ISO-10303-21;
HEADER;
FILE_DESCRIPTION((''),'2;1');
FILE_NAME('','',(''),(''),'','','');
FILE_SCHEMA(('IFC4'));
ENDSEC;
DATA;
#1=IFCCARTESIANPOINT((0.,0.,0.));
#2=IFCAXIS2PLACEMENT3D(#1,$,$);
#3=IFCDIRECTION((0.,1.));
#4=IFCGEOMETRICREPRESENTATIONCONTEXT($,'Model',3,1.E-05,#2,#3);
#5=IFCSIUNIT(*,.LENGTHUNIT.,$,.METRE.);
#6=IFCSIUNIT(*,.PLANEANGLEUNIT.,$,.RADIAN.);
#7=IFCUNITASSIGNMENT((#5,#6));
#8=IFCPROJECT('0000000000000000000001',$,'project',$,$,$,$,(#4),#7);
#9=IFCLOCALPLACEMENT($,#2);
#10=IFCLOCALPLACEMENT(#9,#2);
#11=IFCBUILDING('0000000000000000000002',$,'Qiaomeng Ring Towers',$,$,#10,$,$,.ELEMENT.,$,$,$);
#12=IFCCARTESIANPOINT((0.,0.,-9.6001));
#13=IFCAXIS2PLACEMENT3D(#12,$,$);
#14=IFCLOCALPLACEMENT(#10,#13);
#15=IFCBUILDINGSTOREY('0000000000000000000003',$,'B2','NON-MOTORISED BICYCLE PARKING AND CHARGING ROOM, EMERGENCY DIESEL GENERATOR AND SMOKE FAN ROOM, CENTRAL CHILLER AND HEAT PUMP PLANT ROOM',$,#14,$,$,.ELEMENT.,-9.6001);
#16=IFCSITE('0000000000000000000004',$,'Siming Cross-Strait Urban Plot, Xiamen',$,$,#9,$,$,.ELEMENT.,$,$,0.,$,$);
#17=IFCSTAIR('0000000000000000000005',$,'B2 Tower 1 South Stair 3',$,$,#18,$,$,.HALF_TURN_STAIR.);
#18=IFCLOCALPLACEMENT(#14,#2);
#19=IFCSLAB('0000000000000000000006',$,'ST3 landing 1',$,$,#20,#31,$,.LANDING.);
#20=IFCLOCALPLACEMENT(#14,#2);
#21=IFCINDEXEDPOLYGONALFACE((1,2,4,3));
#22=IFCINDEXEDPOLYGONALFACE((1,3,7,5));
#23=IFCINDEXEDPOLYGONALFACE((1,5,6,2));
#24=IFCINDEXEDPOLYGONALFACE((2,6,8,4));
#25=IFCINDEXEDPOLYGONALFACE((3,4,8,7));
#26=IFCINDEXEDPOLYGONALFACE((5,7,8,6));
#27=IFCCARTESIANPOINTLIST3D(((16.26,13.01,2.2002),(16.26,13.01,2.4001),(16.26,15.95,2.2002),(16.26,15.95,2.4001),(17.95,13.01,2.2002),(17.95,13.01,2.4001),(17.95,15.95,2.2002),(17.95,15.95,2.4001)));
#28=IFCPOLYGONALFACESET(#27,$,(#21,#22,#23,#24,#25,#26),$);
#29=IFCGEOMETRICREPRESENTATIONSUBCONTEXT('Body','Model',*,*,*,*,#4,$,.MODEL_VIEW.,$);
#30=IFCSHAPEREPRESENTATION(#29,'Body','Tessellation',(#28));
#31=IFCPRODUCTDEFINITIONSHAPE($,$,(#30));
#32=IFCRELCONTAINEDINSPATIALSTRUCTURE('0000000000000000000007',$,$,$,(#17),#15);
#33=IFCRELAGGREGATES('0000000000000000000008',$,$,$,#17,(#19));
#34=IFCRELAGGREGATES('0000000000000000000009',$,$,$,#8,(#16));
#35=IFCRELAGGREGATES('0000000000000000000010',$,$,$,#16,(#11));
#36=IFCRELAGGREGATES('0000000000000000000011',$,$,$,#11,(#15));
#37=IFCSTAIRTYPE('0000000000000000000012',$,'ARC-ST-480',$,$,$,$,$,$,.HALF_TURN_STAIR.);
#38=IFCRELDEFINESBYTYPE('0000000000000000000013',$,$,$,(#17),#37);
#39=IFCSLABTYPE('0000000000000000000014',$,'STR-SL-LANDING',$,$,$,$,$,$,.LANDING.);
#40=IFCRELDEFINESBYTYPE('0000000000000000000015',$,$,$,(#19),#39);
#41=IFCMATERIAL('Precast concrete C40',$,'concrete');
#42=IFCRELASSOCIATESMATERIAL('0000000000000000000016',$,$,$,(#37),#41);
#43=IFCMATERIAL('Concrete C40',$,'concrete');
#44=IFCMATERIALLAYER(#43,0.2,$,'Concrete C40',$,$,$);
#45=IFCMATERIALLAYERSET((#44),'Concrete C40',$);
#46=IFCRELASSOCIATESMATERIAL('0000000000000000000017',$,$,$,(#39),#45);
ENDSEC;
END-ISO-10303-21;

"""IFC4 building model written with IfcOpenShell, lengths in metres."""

from ifc_helpers import new_model, si_unit, direction, frame, origin, place, context, subcontext, project, spatial, polyline, outline, extrude, material, layer, layer_set, type_object, element, aggregate, save


model = new_model("IFC4")

# Units and contexts
model_context = context("Model", 3, precision=1e-05, world=origin(), true_north=direction((0.0, 1.0)))
body_context = subcontext(model_context, "Body", "Model", "MODEL_VIEW")
ifc_project = project(units=[si_unit("LENGTHUNIT", "METRE"), si_unit("PLANEANGLEUNIT", "RADIAN")], contexts=[model_context])

# Site, building, storey
site_placement = place(None, origin())
site = spatial("IfcSite", under=ifc_project, at=site_placement, Name="Siming Cross-Strait Urban Plot, Xiamen", CompositionType="ELEMENT", RefElevation=0.0)
building_placement = place(site_placement, origin())
building = spatial("IfcBuilding", under=site, at=building_placement, Name="Qiaomeng Ring Towers", CompositionType="ELEMENT")
storey_placement = place(building_placement, frame((0.0, 0.0, -9.6001)))
storey = spatial("IfcBuildingStorey", under=building, at=storey_placement, Name="B2", Description="NON-MOTORISED BICYCLE PARKING AND CHARGING ROOM, EMERGENCY DIESEL GENERATOR AND SMOKE FAN ROOM, CENTRAL CHILLER AND HEAT PUMP PLANT ROOM", CompositionType="ELEMENT", Elevation=-9.6001)

# Shared definitions
ifc_material_1 = material(Name="Concrete C40", Category="concrete")

# Stair, slab
ifc_material_2 = material(Name="Precast concrete C40", Category="concrete")
stair_type = type_object("IfcStairType", Name="ARC-ST-480", PredefinedType="HALF_TURN_STAIR", material=ifc_material_2)
ifc_layer_1 = layer(ifc_material_1, 0.2, Name="Concrete C40")
ifc_layer_set_1 = layer_set([ifc_layer_1], Name="Concrete C40")
slab_type_1 = type_object("IfcSlabType", Name="STR-SL-LANDING", PredefinedType="LANDING", material=ifc_layer_set_1)
stair_1_placement = place(storey_placement, origin())
stair_1 = element("IfcStair", 1, at=stair_1_placement, inside=storey, type_object=stair_type, Name="B2 Tower 1 South Stair 3", PredefinedType="HALF_TURN_STAIR")
slab_1_placement = place(storey_placement, frame((0.0, 0.0, 2.2002)))
slab_1 = element("IfcSlab", 2, at=slab_1_placement, type_object=slab_type_1, Name="ST3 landing 1", PredefinedType="LANDING", context=body_context, shape_type="SweptSolid", body=[
    extrude(outline(polyline([(16.26, 13.01), (17.95, 13.01), (17.95, 15.95), (16.26, 15.95), (16.26, 13.01)])), origin(), (0.0, 0.0, 1.0), 0.2),
])
aggregate(stair_1, [slab_1])

save(model, "model.ifc")
